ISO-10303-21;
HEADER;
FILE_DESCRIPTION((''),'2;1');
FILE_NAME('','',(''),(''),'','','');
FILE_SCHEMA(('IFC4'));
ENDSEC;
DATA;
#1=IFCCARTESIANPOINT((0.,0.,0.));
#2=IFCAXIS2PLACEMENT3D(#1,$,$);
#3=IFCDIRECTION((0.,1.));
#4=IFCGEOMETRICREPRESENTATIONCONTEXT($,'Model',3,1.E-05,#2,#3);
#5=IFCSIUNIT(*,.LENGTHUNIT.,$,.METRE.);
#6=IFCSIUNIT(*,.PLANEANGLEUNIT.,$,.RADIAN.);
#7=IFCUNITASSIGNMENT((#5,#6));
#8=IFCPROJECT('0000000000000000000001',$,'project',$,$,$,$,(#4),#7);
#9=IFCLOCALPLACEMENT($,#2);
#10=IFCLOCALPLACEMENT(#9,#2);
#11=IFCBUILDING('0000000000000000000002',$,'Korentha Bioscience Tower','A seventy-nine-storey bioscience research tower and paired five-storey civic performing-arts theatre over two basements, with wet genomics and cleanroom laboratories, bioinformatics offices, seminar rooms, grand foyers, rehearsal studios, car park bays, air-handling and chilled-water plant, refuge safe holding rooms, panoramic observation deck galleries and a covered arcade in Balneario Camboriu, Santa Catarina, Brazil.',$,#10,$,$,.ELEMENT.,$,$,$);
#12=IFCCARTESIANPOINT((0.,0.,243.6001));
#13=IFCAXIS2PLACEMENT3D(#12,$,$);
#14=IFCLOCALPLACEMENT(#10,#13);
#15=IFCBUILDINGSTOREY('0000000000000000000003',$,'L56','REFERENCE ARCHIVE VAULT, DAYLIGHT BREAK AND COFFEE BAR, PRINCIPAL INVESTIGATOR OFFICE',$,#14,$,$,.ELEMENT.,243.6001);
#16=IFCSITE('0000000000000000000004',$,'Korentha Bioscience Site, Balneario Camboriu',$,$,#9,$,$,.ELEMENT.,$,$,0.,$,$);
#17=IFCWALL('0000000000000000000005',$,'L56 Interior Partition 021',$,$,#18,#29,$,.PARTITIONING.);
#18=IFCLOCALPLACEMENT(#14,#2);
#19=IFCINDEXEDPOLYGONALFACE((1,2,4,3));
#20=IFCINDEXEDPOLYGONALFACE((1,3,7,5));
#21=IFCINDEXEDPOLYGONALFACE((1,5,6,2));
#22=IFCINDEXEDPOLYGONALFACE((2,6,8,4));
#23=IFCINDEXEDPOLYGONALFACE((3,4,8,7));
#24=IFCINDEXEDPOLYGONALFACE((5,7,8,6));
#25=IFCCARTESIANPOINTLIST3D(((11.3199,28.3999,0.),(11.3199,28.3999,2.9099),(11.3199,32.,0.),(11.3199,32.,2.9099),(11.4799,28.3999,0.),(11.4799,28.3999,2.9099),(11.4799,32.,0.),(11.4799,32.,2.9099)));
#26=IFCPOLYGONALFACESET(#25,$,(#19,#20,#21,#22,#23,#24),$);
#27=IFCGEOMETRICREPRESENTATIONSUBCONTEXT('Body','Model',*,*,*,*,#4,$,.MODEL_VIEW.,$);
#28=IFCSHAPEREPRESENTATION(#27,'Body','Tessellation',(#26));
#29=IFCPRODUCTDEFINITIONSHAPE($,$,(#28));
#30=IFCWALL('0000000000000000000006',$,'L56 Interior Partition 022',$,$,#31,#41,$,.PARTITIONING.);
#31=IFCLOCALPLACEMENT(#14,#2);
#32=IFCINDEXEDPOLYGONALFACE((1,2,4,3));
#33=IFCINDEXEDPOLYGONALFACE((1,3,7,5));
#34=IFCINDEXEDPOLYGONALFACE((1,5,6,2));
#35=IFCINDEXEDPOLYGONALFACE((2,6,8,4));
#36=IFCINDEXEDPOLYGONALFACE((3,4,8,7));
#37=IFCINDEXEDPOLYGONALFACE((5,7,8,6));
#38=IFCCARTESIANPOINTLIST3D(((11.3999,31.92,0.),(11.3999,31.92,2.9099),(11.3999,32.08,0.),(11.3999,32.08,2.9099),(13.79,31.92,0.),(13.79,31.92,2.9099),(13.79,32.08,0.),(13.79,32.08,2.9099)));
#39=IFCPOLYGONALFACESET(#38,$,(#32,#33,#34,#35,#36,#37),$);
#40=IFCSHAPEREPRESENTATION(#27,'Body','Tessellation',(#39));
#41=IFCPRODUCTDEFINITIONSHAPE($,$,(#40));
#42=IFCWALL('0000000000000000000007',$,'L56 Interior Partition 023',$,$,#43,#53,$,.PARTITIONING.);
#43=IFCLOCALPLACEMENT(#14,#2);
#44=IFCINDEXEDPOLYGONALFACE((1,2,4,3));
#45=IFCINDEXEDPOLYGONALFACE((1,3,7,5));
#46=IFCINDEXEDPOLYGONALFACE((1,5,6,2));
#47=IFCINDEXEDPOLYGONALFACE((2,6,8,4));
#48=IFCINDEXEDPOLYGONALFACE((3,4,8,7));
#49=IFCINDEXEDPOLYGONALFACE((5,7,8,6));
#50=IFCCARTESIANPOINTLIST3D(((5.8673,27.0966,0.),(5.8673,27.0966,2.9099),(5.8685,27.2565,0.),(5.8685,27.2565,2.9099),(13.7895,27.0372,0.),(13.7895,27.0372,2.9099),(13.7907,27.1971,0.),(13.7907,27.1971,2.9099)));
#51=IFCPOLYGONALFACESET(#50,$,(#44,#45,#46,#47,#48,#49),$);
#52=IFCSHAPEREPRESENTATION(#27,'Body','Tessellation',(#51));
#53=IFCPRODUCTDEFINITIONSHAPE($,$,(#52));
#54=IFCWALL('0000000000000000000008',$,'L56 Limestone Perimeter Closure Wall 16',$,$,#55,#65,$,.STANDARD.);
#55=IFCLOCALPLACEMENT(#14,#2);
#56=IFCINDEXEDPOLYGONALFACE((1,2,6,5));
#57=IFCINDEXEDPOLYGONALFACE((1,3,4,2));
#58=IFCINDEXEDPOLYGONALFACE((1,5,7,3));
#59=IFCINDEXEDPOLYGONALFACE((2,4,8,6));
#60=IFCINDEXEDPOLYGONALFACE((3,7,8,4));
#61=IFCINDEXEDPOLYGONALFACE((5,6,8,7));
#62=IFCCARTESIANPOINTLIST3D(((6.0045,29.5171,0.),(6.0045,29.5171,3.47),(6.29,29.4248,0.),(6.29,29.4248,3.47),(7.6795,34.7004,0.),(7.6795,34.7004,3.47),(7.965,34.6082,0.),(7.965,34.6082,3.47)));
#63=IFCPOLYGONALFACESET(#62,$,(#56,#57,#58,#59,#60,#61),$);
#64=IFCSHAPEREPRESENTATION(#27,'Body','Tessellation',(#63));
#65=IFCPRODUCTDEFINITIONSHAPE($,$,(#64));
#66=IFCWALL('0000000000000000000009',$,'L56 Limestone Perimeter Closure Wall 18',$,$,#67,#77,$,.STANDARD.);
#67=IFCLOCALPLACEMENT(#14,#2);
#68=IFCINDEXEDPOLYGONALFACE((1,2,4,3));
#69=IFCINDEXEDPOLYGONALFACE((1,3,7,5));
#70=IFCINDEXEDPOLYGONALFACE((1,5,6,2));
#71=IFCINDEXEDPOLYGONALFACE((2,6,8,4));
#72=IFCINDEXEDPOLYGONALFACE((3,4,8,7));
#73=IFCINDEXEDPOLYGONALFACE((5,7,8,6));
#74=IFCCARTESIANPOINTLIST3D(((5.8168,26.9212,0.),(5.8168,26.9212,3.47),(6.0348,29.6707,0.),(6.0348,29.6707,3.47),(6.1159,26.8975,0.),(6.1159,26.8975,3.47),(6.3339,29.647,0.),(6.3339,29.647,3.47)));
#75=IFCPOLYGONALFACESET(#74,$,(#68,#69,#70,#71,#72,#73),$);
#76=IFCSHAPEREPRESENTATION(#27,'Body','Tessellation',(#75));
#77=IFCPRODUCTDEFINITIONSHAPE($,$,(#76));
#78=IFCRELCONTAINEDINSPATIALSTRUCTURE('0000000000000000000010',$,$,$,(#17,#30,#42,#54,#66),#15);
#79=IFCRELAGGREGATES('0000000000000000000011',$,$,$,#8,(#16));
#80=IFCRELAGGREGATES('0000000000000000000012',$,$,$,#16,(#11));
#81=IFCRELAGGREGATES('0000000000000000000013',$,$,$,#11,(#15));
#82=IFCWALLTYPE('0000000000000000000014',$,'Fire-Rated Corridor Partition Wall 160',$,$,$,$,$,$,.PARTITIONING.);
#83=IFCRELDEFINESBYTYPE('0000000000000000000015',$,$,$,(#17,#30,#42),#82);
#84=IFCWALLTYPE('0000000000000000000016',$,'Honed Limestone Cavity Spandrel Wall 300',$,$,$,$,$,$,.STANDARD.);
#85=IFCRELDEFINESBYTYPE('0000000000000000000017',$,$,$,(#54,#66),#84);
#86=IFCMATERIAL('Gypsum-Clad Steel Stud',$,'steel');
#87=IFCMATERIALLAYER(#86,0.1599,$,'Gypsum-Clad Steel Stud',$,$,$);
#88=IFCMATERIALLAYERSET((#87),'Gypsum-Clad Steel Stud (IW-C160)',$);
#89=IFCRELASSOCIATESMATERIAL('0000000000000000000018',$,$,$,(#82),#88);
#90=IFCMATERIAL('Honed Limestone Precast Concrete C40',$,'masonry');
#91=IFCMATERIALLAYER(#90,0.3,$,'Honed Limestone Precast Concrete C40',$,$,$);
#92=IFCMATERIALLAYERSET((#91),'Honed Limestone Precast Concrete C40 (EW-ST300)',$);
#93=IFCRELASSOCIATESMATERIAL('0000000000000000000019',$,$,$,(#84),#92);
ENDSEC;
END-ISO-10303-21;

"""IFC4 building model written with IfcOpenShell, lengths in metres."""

from ifc_helpers import new_model, si_unit, direction, frame, frame_2d, origin, place, context, subcontext, project, spatial, rectangle, extrude, material, layer, layer_set, type_object, element, save


model = new_model("IFC4")

# Units and contexts
model_context = context("Model", 3, precision=1e-05, world=origin(), true_north=direction((0.0, 1.0)))
body_context = subcontext(model_context, "Body", "Model", "MODEL_VIEW")
ifc_project = project(units=[si_unit("LENGTHUNIT", "METRE"), si_unit("PLANEANGLEUNIT", "RADIAN")], contexts=[model_context])

# Site, building, storey
site_placement = place(None, origin())
site = spatial("IfcSite", under=ifc_project, at=site_placement, Name="Korentha Bioscience Site, Balneario Camboriu", CompositionType="ELEMENT", RefElevation=0.0)
building_placement = place(site_placement, origin())
building = spatial("IfcBuilding", under=site, at=building_placement, Name="Korentha Bioscience Tower", Description="A seventy-nine-storey bioscience research tower and paired five-storey civic performing-arts theatre over two basements, with wet genomics and cleanroom laboratories, bioinformatics offices, seminar rooms, grand foyers, rehearsal studios, car park bays, air-handling and chilled-water plant, refuge safe holding rooms, panoramic observation deck galleries and a covered arcade in Balneario Camboriu, Santa Catarina, Brazil.", CompositionType="ELEMENT")
storey_placement = place(building_placement, frame((0.0, 0.0, 243.6001)))
storey = spatial("IfcBuildingStorey", under=building, at=storey_placement, Name="L56", Description="REFERENCE ARCHIVE VAULT, DAYLIGHT BREAK AND COFFEE BAR, PRINCIPAL INVESTIGATOR OFFICE", CompositionType="ELEMENT", Elevation=243.6001)

# Shared definitions
ifc_material_1 = material(Name="Gypsum-Clad Steel Stud", Category="steel")
ifc_layer_1 = layer(ifc_material_1, 0.1599, Name="Gypsum-Clad Steel Stud")
ifc_layer_set_1 = layer_set([ifc_layer_1], Name="Gypsum-Clad Steel Stud (IW-C160)")
wall_type_1 = type_object("IfcWallType", Name="Fire-Rated Corridor Partition Wall 160", PredefinedType="PARTITIONING", material=ifc_layer_set_1)

# Walls
wall_1_placement = place(storey_placement, frame((11.3999, 28.3999, 0.0), z_axis=(0.0, 0.0, 1.0), x_axis=(0.0, 1.0, 0.0)))
element("IfcWall", 1, at=wall_1_placement, inside=storey, type_object=wall_type_1, Name="L56 Interior Partition 021", PredefinedType="PARTITIONING", context=body_context, shape_type="SweptSolid", body=[
    extrude(rectangle(XDim=3.6001, YDim=0.1599, at=frame_2d((1.8, 0.0))), origin(), (0.0, 0.0, 1.0), 2.9099),
])
wall_2_placement = place(storey_placement, frame((11.3999, 32.0, 0.0), z_axis=(0.0, 0.0, 1.0), x_axis=(1.0, 0.0, 0.0)))
element("IfcWall", 2, at=wall_2_placement, inside=storey, type_object=wall_type_1, Name="L56 Interior Partition 022", PredefinedType="PARTITIONING", context=body_context, shape_type="SweptSolid", body=[
    extrude(rectangle(XDim=2.3901, YDim=0.1599, at=frame_2d((1.1951, 0.0))), origin(), (0.0, 0.0, 1.0), 2.9099),
])
wall_3_placement = place(storey_placement, frame((5.8679, 27.1765, 0.0), z_axis=(0.0, 0.0, 1.0), x_axis=(0.999972, -0.007488, 0.0)))
element("IfcWall", 3, at=wall_3_placement, inside=storey, type_object=wall_type_1, Name="L56 Interior Partition 023", PredefinedType="PARTITIONING", context=body_context, shape_type="SweptSolid", body=[
    extrude(rectangle(XDim=7.9224, YDim=0.1599, at=frame_2d((3.9612, 0.0))), origin(), (0.0, 0.0, 1.0), 2.9099),
])
ifc_material_2 = material(Name="Honed Limestone Precast Concrete C40", Category="masonry")
ifc_layer_2 = layer(ifc_material_2, 0.3, Name="Honed Limestone Precast Concrete C40")
ifc_layer_set_2 = layer_set([ifc_layer_2], Name="Honed Limestone Precast Concrete C40 (EW-ST300)")
wall_type_2 = type_object("IfcWallType", Name="Honed Limestone Cavity Spandrel Wall 300", PredefinedType="STANDARD", material=ifc_layer_set_2)
wall_4_placement = place(storey_placement, frame((7.8223, 34.6543, 0.0), z_axis=(0.0, 0.0, 1.0), x_axis=(-0.307502, -0.951548, 0.0)))
element("IfcWall", 4, at=wall_4_placement, inside=storey, type_object=wall_type_2, Name="L56 Limestone Perimeter Closure Wall 16", PredefinedType="STANDARD", context=body_context, shape_type="SweptSolid", body=[
    extrude(rectangle(XDim=5.4473, YDim=0.3, at=frame_2d((2.7236, 0.0))), origin(), (0.0, 0.0, 1.0), 3.47),
])
wall_5_placement = place(storey_placement, frame((6.1843, 29.6587, 0.0), z_axis=(0.0, 0.0, 1.0), x_axis=(-0.079045, -0.996871, 0.0)))
element("IfcWall", 5, at=wall_5_placement, inside=storey, type_object=wall_type_2, Name="L56 Limestone Perimeter Closure Wall 18", PredefinedType="STANDARD", context=body_context, shape_type="SweptSolid", body=[
    extrude(rectangle(XDim=2.7581, YDim=0.3, at=frame_2d((1.3789, 0.0))), origin(), (0.0, 0.0, 1.0), 3.47),
])

save(model, "model.ifc")
